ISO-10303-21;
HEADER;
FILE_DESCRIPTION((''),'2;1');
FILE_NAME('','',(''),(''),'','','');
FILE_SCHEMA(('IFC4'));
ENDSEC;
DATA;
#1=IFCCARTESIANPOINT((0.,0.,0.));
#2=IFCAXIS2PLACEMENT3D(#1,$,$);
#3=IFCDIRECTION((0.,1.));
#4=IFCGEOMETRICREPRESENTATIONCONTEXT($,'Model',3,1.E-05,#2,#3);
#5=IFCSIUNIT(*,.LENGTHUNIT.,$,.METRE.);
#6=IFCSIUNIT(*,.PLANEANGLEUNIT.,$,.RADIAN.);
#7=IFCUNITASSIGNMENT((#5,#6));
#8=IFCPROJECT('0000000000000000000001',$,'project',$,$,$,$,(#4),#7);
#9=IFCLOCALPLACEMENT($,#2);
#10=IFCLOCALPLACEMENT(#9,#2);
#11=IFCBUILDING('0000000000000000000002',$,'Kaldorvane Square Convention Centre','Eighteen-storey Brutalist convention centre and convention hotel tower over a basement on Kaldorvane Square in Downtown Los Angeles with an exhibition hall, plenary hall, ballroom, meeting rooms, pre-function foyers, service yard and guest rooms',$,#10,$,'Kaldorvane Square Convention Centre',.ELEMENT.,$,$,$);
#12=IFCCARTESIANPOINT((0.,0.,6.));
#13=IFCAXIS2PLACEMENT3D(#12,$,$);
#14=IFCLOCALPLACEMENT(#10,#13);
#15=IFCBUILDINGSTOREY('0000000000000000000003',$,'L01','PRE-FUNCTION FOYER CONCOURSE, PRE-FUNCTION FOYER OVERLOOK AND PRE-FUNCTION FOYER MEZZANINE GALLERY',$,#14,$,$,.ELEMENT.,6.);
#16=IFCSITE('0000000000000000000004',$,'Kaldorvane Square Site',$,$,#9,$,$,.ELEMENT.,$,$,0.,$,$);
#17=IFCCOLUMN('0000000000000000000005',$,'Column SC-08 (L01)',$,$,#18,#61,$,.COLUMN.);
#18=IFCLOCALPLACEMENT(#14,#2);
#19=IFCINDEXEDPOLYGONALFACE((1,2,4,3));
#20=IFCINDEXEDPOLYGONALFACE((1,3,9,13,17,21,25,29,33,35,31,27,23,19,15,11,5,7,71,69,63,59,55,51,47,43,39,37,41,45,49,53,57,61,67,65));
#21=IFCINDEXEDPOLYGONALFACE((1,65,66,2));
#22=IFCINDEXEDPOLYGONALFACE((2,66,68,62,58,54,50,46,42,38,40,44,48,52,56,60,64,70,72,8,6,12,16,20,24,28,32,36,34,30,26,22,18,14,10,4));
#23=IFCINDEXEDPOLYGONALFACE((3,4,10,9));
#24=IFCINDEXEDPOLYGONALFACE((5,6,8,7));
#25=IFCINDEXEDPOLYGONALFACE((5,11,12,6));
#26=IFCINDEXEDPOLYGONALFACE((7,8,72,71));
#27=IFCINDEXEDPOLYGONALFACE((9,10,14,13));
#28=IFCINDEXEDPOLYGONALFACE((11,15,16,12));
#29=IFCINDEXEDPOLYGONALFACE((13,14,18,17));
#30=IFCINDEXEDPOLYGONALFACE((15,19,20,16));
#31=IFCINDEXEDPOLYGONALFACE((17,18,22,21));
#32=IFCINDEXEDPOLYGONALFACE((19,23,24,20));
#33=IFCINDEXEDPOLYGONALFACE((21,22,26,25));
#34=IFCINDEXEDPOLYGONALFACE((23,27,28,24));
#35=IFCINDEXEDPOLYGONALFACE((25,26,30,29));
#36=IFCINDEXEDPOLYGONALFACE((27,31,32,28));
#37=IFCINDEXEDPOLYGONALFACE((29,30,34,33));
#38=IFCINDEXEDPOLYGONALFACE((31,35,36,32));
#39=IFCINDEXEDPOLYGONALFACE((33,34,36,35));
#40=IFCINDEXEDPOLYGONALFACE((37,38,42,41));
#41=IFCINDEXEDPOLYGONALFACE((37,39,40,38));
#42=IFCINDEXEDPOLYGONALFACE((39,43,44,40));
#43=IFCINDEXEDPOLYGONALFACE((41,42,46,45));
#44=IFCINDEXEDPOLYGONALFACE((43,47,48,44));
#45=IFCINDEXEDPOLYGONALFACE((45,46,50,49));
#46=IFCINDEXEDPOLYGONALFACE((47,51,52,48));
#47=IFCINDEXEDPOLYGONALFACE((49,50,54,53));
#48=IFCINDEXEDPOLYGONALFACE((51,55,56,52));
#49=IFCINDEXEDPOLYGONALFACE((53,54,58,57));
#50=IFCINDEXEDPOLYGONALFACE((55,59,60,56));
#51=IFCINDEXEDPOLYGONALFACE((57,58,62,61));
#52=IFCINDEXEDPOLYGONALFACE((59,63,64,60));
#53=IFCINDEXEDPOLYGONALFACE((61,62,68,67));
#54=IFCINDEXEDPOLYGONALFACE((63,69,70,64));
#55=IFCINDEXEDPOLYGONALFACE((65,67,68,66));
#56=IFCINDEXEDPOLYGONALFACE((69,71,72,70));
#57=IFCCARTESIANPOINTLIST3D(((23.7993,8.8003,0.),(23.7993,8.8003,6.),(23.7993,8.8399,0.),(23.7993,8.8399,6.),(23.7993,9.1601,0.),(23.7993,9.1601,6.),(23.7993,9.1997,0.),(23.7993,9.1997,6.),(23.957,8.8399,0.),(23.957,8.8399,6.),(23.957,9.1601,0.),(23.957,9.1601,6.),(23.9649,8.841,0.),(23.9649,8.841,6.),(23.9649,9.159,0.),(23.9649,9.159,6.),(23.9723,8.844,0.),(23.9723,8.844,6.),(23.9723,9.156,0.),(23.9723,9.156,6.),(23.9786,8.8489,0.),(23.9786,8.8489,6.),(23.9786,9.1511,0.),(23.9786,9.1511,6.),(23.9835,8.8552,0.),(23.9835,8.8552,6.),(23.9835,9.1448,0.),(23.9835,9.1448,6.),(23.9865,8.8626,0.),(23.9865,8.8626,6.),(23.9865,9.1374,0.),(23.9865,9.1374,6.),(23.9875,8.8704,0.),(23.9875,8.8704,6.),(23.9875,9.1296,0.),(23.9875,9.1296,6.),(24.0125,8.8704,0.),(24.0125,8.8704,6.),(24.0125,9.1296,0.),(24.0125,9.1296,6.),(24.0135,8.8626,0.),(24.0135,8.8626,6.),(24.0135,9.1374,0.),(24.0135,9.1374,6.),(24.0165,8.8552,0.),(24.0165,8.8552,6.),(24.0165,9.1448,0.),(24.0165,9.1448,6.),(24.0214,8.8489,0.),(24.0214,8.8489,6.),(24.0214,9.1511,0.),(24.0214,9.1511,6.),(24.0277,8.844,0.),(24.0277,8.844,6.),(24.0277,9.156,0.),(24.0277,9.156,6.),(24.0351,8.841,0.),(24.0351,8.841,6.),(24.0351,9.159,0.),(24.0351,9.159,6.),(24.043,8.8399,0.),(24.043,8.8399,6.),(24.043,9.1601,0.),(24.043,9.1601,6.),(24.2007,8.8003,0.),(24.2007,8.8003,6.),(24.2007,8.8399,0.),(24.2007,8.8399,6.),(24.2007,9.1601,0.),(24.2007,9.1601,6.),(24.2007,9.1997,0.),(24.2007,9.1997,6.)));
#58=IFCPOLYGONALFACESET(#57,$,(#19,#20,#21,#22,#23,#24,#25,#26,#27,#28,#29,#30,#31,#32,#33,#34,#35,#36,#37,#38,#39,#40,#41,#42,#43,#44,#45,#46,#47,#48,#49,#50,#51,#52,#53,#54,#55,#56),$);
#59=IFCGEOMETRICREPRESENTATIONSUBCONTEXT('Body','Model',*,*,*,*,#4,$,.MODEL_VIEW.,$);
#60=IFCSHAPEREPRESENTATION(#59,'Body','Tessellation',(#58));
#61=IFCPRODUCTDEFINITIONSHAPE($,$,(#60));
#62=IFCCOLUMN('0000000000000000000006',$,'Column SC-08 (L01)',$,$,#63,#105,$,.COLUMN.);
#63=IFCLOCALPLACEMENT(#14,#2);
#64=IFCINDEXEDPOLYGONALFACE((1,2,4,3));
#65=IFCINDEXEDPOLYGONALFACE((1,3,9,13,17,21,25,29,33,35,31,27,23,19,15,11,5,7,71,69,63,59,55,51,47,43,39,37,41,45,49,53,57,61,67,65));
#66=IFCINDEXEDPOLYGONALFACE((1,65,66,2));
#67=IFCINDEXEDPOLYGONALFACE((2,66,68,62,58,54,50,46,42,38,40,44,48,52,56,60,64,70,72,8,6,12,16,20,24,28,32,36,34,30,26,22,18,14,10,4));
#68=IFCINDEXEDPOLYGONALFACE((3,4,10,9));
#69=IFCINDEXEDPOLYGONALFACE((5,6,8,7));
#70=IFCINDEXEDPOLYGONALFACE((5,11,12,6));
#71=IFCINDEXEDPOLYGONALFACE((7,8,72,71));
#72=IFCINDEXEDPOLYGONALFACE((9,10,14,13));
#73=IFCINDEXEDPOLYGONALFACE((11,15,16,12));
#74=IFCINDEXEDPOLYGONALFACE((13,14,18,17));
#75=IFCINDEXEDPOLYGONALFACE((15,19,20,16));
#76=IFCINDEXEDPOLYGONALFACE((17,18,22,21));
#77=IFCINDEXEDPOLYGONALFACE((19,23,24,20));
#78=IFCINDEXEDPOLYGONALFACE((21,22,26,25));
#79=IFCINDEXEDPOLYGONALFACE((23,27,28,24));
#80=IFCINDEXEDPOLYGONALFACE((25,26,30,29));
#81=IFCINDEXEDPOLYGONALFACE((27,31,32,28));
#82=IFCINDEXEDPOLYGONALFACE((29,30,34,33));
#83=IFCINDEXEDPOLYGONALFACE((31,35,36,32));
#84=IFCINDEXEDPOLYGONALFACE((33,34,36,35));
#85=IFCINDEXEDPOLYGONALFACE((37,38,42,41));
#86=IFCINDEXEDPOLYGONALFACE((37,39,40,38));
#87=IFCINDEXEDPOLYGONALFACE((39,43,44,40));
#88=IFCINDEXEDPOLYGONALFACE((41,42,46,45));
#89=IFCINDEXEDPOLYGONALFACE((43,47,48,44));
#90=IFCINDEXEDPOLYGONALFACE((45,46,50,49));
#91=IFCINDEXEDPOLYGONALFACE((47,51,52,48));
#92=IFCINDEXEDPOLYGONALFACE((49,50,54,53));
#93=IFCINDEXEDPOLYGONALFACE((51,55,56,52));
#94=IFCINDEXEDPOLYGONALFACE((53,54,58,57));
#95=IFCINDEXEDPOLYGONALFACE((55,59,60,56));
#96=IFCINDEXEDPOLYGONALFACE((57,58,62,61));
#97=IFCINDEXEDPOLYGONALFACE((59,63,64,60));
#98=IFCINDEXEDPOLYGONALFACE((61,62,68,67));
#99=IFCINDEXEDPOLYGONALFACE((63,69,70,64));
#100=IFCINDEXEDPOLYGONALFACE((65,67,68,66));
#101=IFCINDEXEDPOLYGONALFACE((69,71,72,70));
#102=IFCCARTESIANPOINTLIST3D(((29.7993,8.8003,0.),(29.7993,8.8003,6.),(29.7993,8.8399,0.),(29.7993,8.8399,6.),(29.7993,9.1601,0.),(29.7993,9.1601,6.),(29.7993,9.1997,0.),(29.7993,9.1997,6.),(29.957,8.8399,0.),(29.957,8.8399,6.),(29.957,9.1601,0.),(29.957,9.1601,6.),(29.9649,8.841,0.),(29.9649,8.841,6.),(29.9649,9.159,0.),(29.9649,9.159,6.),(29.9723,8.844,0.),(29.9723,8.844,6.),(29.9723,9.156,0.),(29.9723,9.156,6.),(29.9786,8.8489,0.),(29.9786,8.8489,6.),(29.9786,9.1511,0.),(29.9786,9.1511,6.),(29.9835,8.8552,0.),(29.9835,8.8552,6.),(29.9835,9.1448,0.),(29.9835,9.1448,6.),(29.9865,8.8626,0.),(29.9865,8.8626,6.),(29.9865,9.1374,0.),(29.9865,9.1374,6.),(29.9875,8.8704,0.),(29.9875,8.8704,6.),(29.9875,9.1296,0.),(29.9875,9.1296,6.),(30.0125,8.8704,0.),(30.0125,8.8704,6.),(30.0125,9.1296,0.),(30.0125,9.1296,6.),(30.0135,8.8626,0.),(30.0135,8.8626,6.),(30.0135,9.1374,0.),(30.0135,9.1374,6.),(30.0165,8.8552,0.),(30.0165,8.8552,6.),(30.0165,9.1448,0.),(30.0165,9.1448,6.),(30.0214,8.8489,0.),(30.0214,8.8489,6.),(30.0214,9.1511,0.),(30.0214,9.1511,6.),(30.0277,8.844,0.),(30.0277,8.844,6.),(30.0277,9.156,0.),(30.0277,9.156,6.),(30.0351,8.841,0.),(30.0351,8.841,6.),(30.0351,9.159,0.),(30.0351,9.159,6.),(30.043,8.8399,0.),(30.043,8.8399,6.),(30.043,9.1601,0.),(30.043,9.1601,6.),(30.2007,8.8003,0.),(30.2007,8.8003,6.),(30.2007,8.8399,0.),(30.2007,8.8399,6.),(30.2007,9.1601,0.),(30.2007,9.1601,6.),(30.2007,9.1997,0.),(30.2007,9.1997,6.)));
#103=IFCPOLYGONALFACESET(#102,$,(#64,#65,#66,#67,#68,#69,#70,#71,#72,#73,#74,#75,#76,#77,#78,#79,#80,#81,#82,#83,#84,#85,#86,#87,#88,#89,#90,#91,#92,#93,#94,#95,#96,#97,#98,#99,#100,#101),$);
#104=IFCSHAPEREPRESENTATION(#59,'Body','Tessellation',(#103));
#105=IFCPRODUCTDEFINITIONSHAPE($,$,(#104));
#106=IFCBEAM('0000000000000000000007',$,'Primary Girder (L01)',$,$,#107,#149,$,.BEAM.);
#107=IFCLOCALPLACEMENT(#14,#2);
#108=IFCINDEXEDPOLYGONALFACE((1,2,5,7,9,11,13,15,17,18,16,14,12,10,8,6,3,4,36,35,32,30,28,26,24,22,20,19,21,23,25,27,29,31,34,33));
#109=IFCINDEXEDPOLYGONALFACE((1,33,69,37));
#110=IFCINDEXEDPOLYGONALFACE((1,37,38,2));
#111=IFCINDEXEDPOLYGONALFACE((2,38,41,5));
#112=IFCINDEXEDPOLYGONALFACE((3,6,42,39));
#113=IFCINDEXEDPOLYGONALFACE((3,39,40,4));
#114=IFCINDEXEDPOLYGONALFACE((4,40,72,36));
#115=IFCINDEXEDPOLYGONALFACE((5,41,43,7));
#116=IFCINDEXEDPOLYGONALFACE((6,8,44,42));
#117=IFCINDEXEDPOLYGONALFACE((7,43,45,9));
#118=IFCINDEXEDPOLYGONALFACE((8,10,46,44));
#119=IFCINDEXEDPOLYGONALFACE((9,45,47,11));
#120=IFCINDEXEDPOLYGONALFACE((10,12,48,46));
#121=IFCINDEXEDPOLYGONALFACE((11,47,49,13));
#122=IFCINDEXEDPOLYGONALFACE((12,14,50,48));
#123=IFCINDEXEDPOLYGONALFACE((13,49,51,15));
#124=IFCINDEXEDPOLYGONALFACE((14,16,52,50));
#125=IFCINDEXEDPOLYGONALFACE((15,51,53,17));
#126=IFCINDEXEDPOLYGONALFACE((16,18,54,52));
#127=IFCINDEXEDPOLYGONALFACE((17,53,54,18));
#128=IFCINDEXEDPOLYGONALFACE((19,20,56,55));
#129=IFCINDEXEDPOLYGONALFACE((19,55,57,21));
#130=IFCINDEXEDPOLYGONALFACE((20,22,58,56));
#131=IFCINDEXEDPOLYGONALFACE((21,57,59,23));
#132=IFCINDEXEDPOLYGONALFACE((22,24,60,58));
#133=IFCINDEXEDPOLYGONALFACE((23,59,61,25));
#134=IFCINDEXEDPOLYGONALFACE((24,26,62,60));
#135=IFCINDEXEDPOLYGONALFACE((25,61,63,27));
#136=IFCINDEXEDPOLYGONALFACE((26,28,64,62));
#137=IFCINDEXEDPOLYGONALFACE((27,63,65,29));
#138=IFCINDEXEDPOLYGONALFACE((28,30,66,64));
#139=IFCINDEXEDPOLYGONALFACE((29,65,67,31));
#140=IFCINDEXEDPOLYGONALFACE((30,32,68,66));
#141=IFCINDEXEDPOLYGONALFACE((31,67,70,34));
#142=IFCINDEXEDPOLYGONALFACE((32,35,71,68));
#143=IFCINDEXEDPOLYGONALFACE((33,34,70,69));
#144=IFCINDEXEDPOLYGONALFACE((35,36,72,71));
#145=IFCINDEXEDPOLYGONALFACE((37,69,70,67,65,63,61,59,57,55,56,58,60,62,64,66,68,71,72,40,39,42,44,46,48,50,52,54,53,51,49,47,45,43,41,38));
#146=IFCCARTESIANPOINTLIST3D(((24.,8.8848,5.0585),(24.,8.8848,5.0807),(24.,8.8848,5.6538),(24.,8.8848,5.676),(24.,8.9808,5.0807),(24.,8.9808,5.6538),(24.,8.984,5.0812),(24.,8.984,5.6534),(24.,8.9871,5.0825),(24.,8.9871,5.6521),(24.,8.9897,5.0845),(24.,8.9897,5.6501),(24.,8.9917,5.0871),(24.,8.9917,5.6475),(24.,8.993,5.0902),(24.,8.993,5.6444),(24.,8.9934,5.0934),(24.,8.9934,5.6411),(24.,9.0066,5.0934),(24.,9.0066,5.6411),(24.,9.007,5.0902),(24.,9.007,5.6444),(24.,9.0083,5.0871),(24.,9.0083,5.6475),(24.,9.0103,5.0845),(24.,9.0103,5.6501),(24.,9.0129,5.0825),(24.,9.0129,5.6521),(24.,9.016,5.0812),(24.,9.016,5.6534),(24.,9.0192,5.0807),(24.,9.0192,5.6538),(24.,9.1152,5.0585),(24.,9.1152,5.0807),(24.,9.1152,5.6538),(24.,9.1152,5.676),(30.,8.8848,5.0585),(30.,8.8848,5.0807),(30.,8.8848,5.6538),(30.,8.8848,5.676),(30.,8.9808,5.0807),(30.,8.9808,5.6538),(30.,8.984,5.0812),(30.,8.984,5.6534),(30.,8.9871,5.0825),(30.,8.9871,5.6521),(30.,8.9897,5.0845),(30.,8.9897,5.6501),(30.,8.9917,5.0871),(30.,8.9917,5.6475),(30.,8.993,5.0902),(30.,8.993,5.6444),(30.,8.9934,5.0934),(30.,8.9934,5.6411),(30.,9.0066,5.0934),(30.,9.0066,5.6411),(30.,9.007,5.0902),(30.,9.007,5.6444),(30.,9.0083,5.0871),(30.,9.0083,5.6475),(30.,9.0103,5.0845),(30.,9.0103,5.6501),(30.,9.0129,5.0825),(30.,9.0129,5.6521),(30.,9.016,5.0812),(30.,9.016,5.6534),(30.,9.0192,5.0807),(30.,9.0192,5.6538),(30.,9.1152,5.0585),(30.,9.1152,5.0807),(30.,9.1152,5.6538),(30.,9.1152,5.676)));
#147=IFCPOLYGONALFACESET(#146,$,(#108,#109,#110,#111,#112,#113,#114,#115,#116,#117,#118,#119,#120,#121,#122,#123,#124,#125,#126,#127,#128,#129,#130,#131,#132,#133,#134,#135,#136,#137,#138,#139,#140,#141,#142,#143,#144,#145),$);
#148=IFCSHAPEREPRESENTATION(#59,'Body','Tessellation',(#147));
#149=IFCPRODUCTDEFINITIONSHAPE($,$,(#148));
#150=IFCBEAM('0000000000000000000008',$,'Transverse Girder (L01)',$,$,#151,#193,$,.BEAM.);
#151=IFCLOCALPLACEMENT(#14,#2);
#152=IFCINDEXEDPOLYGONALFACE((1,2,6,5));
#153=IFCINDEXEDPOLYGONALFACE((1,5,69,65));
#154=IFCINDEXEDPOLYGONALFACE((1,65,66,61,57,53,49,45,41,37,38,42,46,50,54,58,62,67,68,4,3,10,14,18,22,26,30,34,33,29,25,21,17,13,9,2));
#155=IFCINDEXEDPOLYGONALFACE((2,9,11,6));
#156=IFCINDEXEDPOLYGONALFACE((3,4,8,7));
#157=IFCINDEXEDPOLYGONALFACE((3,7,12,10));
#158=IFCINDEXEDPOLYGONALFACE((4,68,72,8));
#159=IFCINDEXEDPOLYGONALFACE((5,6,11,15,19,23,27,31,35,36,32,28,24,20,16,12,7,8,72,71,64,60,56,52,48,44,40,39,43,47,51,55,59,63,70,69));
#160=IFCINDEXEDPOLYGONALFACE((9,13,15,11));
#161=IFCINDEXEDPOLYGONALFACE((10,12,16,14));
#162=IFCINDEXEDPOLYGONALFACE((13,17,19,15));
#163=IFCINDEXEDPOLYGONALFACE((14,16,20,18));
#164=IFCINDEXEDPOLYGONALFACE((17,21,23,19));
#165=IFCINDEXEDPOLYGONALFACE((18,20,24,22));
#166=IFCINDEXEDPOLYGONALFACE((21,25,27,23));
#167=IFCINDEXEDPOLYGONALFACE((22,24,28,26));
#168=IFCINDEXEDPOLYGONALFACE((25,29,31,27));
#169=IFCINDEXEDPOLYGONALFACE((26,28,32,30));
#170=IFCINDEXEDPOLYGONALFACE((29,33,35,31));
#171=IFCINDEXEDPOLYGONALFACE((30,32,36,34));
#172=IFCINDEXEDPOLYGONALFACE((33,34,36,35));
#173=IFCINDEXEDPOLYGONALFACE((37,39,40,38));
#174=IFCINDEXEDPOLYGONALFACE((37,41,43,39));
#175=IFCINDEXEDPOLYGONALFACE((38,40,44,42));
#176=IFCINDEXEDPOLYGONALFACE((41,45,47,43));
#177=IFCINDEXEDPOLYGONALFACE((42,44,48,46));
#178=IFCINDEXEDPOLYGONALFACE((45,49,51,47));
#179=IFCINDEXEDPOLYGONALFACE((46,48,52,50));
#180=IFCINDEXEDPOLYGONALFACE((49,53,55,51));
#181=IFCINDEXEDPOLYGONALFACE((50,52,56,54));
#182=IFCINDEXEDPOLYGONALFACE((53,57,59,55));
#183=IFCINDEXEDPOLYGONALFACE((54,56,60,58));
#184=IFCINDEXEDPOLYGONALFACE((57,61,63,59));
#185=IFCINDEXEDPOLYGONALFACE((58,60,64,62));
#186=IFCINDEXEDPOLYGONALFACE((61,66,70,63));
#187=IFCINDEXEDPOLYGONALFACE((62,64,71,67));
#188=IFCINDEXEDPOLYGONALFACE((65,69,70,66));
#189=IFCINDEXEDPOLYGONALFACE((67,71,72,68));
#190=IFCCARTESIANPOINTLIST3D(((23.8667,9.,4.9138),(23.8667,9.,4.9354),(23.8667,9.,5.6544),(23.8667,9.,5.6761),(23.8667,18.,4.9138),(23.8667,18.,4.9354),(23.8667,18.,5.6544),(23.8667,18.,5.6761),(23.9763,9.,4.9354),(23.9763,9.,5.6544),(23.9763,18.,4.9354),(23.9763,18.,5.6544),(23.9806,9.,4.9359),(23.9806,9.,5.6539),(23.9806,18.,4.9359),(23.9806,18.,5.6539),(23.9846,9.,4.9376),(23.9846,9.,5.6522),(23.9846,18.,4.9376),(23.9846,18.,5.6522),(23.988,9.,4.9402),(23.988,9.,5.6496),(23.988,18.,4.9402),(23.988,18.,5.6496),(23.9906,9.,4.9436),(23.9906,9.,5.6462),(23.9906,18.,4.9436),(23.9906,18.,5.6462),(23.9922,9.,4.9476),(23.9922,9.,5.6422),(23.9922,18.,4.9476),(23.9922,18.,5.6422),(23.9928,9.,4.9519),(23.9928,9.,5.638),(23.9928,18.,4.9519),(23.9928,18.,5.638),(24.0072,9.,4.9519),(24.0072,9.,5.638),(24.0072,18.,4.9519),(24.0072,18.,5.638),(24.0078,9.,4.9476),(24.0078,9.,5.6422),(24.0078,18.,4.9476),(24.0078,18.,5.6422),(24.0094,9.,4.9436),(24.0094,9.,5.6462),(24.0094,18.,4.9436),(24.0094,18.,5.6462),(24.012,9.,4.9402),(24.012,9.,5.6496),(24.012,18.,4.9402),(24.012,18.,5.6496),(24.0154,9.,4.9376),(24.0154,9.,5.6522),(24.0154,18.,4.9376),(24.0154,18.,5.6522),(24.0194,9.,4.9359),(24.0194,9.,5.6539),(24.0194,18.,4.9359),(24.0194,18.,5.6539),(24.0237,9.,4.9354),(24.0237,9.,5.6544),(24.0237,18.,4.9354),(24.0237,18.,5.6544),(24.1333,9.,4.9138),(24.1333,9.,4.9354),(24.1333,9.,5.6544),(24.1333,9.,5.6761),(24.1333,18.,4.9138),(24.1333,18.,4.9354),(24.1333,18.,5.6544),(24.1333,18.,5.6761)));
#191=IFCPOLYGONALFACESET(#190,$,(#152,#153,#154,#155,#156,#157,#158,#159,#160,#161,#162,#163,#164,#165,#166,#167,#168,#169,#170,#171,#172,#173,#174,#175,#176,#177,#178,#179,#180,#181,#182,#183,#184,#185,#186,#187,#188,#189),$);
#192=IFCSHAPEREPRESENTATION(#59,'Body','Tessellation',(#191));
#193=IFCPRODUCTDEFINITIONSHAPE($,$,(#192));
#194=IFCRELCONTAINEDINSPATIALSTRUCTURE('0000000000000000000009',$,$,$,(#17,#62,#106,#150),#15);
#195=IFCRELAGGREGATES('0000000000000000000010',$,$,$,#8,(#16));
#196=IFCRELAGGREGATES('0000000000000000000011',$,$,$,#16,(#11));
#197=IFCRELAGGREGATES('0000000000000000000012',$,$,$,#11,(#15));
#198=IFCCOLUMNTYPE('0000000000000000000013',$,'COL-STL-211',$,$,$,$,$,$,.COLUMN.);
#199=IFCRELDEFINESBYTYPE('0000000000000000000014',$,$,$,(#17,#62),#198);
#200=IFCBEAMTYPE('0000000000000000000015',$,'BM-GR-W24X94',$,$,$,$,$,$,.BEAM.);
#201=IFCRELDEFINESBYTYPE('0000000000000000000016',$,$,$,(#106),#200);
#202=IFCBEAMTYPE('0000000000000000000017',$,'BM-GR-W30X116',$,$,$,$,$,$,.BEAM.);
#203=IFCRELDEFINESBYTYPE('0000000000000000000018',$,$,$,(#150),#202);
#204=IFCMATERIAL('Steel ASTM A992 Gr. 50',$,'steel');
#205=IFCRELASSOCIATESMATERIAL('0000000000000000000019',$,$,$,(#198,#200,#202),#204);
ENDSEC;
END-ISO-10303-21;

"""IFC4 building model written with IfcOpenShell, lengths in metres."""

from ifc_helpers import new_model, si_unit, direction, frame, origin, origin_2d, place, context, subcontext, project, spatial, i_section, extrude, material, material_profile, profile_set, type_object, element, save


model = new_model("IFC4")

# Units and contexts
model_context = context("Model", 3, precision=1e-05, world=origin(), true_north=direction((0.0, 1.0)))
body_context = subcontext(model_context, "Body", "Model", "MODEL_VIEW")
ifc_project = project(units=[si_unit("LENGTHUNIT", "METRE"), si_unit("PLANEANGLEUNIT", "RADIAN")], contexts=[model_context])

# Site, building, storey
site_placement = place(None, origin())
site = spatial("IfcSite", under=ifc_project, at=site_placement, Name="Kaldorvane Square Site", CompositionType="ELEMENT", RefElevation=0.0)
building_placement = place(site_placement, origin())
building = spatial("IfcBuilding", under=site, at=building_placement, Name="Kaldorvane Square Convention Centre", Description="Eighteen-storey Brutalist convention centre and convention hotel tower over a basement on Kaldorvane Square in Downtown Los Angeles with an exhibition hall, plenary hall, ballroom, meeting rooms, pre-function foyers, service yard and guest rooms", LongName="Kaldorvane Square Convention Centre", CompositionType="ELEMENT")
storey_placement = place(building_placement, frame((0.0, 0.0, 6.0)))
storey = spatial("IfcBuildingStorey", under=building, at=storey_placement, Name="L01", Description="PRE-FUNCTION FOYER CONCOURSE, PRE-FUNCTION FOYER OVERLOOK AND PRE-FUNCTION FOYER MEZZANINE GALLERY", CompositionType="ELEMENT", Elevation=6.0)

# Columns
ifc_material_1 = material(Name="Steel ASTM A992 Gr. 50", Category="steel")
ifc_material_profile_1 = material_profile(ifc_material_1, i_section(OverallWidth=0.4013, OverallDepth=0.3993, WebThickness=0.0249, FlangeThickness=0.0396, FilletRadius=0.0305, at=origin_2d()), Name="W14X211")
ifc_profile_set_1 = profile_set([ifc_material_profile_1], Name="Steel ASTM A992 Gr. 50")
column_type = type_object("IfcColumnType", Name="COL-STL-211", PredefinedType="COLUMN", material=ifc_profile_set_1)
for number, where, z_axis, x_axis, name in (
    (1, (24.0, 9.0, 0.0), (0.0, 0.0, 1.0), (1.0, 0.0, 0.0), "Column SC-08 (L01)"),
    (2, (30.0, 9.0, 0.0), (0.0, 0.0, 1.0), (1.0, 0.0, 0.0), "Column SC-08 (L01)"),
):
    element("IfcColumn", number, at=place(storey_placement, frame(where, z_axis=z_axis, x_axis=x_axis)), inside=storey, type_object=column_type, Name=name, PredefinedType="COLUMN", context=body_context, shape_type="SweptSolid", body=[
        extrude(i_section(OverallWidth=0.4013, OverallDepth=0.3993, WebThickness=0.0249, FlangeThickness=0.0396, FilletRadius=0.0305, at=origin_2d()), origin(), (0.0, 0.0, 1.0), 6.0),
    ])

# Beams
ifc_material_profile_2 = material_profile(ifc_material_1, i_section(OverallWidth=0.2303, OverallDepth=0.6175, WebThickness=0.0131, FlangeThickness=0.0222, FilletRadius=0.0127, at=origin_2d()), Name="W24X94")
ifc_profile_set_2 = profile_set([ifc_material_profile_2], Name="Steel ASTM A992 Gr. 50")
beam_type_1 = type_object("IfcBeamType", Name="BM-GR-W24X94", PredefinedType="BEAM", material=ifc_profile_set_2)
beam_1_placement = place(storey_placement, frame((24.0, 9.0, 5.3673), z_axis=(1.0, 0.0, 0.0), x_axis=(0.0, 1.0, 0.0)))
element("IfcBeam", 3, at=beam_1_placement, inside=storey, type_object=beam_type_1, Name="Primary Girder (L01)", PredefinedType="BEAM", context=body_context, shape_type="SweptSolid", body=[
    extrude(i_section(OverallWidth=0.2303, OverallDepth=0.6175, WebThickness=0.0131, FlangeThickness=0.0222, FilletRadius=0.0127, at=origin_2d()), origin(), (0.0, 0.0, 1.0), 6.0),
])
ifc_material_profile_3 = material_profile(ifc_material_1, i_section(OverallWidth=0.2666, OverallDepth=0.7623, WebThickness=0.0144, FlangeThickness=0.0216, FilletRadius=0.0165, at=origin_2d()), Name="W30X116")
ifc_profile_set_3 = profile_set([ifc_material_profile_3], Name="Steel ASTM A992 Gr. 50")
beam_type_2 = type_object("IfcBeamType", Name="BM-GR-W30X116", PredefinedType="BEAM", material=ifc_profile_set_3)
for number, where, z_axis, x_axis, name in (
    (4, (24.0, 9.0, 5.2949), (0.0, 1.0, 0.0), (-1.0, 0.0, 0.0), "Transverse Girder (L01)"),
):
    element("IfcBeam", number, at=place(storey_placement, frame(where, z_axis=z_axis, x_axis=x_axis)), inside=storey, type_object=beam_type_2, Name=name, PredefinedType="BEAM", context=body_context, shape_type="SweptSolid", body=[
        extrude(i_section(OverallWidth=0.2666, OverallDepth=0.7623, WebThickness=0.0144, FlangeThickness=0.0216, FilletRadius=0.0165, at=origin_2d()), origin(), (0.0, 0.0, 1.0), 9.0),
    ])

save(model, "model.ifc")
